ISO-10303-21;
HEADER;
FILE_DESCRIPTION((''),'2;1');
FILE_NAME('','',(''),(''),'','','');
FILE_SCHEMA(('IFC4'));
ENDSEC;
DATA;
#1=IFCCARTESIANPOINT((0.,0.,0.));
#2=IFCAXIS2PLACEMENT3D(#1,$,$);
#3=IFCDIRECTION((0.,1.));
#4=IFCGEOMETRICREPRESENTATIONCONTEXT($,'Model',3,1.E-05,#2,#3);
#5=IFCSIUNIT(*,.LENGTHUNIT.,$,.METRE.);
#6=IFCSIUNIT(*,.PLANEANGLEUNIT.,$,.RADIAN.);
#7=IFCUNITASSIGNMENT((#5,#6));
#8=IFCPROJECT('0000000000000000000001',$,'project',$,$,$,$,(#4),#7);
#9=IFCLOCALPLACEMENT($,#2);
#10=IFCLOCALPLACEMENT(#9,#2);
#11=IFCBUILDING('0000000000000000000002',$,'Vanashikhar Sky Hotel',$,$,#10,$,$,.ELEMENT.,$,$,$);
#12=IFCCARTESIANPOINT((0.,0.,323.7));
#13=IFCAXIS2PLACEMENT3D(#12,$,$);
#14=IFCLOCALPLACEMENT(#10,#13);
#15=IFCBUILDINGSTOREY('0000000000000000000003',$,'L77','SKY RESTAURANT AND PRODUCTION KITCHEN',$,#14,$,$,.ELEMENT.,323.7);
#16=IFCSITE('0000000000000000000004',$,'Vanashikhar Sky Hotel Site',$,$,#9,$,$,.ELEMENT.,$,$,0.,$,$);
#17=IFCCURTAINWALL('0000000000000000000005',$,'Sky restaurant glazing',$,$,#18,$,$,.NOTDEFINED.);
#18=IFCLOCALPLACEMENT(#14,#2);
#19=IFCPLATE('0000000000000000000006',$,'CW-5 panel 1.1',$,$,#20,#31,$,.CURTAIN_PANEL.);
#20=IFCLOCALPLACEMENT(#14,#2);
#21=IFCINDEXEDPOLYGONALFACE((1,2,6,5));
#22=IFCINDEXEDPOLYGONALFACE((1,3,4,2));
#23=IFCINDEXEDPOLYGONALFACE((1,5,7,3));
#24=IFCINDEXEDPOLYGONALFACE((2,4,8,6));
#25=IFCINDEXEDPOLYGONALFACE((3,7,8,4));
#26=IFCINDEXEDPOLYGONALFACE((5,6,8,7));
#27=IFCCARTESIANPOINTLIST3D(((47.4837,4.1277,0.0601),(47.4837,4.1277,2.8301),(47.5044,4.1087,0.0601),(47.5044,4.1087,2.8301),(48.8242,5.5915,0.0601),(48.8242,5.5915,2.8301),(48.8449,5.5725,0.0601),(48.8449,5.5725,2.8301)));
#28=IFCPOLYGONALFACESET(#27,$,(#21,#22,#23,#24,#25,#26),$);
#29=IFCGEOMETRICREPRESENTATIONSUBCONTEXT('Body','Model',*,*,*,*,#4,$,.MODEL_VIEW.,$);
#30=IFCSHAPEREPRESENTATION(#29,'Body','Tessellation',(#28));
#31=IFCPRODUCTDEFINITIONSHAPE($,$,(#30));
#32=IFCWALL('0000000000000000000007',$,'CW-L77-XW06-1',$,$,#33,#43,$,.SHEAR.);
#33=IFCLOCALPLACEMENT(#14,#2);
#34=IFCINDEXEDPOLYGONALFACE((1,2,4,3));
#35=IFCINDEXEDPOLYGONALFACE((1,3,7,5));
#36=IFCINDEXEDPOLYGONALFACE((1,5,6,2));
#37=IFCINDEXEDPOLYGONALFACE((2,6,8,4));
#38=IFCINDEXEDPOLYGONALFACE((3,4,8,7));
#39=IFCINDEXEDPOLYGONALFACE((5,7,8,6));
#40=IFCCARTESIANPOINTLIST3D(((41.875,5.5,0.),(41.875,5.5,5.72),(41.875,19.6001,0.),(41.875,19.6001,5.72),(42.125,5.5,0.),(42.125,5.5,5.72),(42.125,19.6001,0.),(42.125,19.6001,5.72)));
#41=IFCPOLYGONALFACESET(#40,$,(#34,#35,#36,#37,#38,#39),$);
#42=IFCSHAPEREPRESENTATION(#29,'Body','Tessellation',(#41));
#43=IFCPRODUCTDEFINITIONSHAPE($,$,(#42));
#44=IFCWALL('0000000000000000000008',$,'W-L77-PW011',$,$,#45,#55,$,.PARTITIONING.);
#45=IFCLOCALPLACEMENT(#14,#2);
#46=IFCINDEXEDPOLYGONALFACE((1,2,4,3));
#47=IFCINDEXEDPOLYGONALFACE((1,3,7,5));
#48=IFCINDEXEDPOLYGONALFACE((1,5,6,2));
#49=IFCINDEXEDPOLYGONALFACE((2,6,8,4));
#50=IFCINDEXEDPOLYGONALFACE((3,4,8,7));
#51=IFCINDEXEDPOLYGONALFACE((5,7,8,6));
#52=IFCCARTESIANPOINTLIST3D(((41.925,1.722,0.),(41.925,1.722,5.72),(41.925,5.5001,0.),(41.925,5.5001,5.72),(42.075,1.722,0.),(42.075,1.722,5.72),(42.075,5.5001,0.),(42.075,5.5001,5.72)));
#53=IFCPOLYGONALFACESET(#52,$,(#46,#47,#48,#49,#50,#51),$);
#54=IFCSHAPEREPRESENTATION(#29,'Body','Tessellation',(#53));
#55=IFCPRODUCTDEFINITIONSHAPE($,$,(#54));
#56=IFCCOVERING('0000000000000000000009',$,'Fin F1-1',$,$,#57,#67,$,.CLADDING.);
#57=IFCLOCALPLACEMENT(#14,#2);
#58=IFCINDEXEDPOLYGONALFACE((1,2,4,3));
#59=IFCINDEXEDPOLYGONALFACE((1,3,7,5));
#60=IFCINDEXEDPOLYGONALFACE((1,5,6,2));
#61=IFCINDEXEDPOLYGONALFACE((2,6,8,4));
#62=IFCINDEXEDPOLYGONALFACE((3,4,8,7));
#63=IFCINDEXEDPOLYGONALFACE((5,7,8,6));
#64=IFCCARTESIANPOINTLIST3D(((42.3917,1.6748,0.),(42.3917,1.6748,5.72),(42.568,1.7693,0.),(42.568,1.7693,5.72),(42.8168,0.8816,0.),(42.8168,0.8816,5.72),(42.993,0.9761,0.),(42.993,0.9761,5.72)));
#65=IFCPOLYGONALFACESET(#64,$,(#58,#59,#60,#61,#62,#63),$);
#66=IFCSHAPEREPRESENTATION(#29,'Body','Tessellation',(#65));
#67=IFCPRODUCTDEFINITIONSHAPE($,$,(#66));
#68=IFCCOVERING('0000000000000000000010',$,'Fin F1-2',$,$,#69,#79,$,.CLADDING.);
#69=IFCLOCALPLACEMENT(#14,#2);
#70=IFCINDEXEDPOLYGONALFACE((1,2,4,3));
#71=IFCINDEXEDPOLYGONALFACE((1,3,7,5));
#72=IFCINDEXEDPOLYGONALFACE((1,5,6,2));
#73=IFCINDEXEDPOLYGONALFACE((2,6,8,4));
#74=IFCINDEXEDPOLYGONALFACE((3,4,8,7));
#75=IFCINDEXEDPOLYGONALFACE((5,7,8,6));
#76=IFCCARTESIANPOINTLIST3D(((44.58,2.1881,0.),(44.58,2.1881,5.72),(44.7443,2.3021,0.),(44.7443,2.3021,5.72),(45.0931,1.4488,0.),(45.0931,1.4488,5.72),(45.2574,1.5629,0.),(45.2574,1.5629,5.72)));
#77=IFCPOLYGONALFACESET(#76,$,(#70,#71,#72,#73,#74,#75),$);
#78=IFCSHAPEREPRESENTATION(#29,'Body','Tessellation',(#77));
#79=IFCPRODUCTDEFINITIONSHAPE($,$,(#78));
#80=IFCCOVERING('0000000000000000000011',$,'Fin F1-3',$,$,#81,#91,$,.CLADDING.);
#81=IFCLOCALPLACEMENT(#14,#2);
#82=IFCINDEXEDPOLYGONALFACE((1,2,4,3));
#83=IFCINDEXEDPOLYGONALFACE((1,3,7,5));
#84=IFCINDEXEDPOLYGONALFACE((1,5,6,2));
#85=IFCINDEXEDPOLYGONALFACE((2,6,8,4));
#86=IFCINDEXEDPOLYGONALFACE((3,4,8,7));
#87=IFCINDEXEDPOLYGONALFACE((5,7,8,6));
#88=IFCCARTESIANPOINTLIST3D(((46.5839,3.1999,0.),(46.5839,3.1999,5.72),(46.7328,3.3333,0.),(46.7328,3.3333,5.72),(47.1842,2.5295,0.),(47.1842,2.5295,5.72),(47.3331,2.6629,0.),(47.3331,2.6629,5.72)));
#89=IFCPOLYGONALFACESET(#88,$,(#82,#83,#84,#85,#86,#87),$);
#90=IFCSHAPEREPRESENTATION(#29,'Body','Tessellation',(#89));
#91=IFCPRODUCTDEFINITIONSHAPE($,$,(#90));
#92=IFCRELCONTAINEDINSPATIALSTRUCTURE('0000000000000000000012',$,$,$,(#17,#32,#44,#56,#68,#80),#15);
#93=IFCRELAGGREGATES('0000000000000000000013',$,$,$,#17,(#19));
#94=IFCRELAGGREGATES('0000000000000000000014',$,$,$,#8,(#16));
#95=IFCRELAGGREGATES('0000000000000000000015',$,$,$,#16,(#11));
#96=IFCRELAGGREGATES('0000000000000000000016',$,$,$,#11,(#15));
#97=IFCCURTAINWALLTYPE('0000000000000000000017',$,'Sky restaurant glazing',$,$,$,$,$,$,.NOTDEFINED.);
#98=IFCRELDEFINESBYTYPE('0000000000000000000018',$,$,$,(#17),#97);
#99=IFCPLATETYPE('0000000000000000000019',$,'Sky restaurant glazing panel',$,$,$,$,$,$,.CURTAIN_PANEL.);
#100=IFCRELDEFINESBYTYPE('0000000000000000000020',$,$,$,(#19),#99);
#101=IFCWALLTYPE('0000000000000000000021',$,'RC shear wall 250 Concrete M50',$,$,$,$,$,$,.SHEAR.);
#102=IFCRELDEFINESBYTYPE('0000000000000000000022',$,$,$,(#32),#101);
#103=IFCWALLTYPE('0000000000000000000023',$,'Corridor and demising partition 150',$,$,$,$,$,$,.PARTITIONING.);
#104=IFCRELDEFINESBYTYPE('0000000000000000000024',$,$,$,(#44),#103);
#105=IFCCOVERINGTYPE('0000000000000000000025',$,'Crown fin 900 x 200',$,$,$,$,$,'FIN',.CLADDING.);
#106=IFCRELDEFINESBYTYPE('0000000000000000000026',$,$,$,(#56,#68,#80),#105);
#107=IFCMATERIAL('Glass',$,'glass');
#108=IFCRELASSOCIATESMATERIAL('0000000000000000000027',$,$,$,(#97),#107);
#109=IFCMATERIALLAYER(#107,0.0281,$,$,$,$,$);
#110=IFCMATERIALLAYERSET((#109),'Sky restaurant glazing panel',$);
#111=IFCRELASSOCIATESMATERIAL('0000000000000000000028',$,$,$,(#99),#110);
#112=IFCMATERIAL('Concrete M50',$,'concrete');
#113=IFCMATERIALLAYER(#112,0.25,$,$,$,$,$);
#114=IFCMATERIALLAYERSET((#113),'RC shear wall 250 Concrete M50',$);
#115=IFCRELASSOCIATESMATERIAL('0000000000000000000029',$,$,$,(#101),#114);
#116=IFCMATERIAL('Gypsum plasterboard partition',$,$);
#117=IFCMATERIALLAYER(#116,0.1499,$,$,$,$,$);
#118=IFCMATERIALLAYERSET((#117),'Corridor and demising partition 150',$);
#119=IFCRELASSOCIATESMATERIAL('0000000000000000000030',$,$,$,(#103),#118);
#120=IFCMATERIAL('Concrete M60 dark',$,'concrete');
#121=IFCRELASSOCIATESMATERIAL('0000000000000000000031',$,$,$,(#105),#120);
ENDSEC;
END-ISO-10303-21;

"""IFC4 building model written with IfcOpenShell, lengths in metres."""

from ifc_helpers import new_model, si_unit, direction, frame, frame_2d, origin, origin_2d, place, context, subcontext, project, spatial, rectangle, extrude, source, transform, mapped, material, layer, layer_set, material_profile, profile_set, type_object, element, aggregate, save


model = new_model("IFC4")

# Units and contexts
model_context = context("Model", 3, precision=1e-05, world=origin(), true_north=direction((0.0, 1.0)))
body_context = subcontext(model_context, "Body", "Model", "MODEL_VIEW")
ifc_project = project(units=[si_unit("LENGTHUNIT", "METRE"), si_unit("PLANEANGLEUNIT", "RADIAN")], contexts=[model_context])

# Site, building, storey
site_placement = place(None, origin())
site = spatial("IfcSite", under=ifc_project, at=site_placement, Name="Vanashikhar Sky Hotel Site", CompositionType="ELEMENT", RefElevation=0.0)
building_placement = place(site_placement, origin())
building = spatial("IfcBuilding", under=site, at=building_placement, Name="Vanashikhar Sky Hotel", CompositionType="ELEMENT")
storey_placement = place(building_placement, frame((0.0, 0.0, 323.7)))
storey = spatial("IfcBuildingStorey", under=building, at=storey_placement, Name="L77", Description="SKY RESTAURANT AND PRODUCTION KITCHEN", CompositionType="ELEMENT", Elevation=323.7)

# Shared definitions
ifc_material_1 = material(Name="Glass", Category="glass")
curtain_wall_type = type_object("IfcCurtainWallType", Name="Sky restaurant glazing", PredefinedType="NOTDEFINED", material=ifc_material_1)

# Curtain wall
curtain_wall_1_placement = place(storey_placement, origin())
curtain_wall_1 = element("IfcCurtainWall", 1, at=curtain_wall_1_placement, inside=storey, type_object=curtain_wall_type, Name="Sky restaurant glazing", PredefinedType="NOTDEFINED")

# Plate
ifc_layer_1 = layer(ifc_material_1, 0.0281)
ifc_layer_set_1 = layer_set([ifc_layer_1], Name="Sky restaurant glazing panel")
plate_type = type_object("IfcPlateType", Name="Sky restaurant glazing panel", PredefinedType="CURTAIN_PANEL", material=ifc_layer_set_1)
shared_shape_1 = source(origin(), body_context, "Body", "SweptSolid", [
    extrude(rectangle(XDim=1.9849, YDim=0.0281, at=origin_2d()), origin(), (0.0, 0.0, 1.0), 2.77),
])
plate_1_placement = place(storey_placement, frame((48.1643, 4.8501, 0.0601), z_axis=(0.0, 0.0, 1.0), x_axis=(0.675378, 0.737472, 0.0)))
plate_1 = element("IfcPlate", 2, at=plate_1_placement, type_object=plate_type, Name="CW-5 panel 1.1", PredefinedType="CURTAIN_PANEL", context=body_context, shape_type="MappedRepresentation", body=[
    mapped(shared_shape_1, transform((0.0, 0.0, 0.0), scale=1.0)),
])
aggregate(curtain_wall_1, [plate_1])

# Walls
ifc_material_2 = material(Name="Concrete M50", Category="concrete")
ifc_layer_2 = layer(ifc_material_2, 0.25)
ifc_layer_set_2 = layer_set([ifc_layer_2], Name="RC shear wall 250 Concrete M50")
wall_type_1 = type_object("IfcWallType", Name="RC shear wall 250 Concrete M50", PredefinedType="SHEAR", material=ifc_layer_set_2)
shared_shape_2 = source(origin(), body_context, "Body", "SweptSolid", [
    extrude(rectangle(XDim=14.1001, YDim=0.25, at=frame_2d((7.05, 0.0))), origin(), (0.0, 0.0, 1.0), 5.72),
])
wall_1_placement = place(storey_placement, frame((42.0, 5.5, 0.0), z_axis=(0.0, 0.0, 1.0), x_axis=(0.0, 1.0, 0.0)))
element("IfcWall", 3, at=wall_1_placement, inside=storey, type_object=wall_type_1, Name="CW-L77-XW06-1", PredefinedType="SHEAR", context=body_context, shape_type="MappedRepresentation", body=[
    mapped(shared_shape_2, transform((0.0, 0.0, 0.0), scale=1.0)),
])
ifc_material_3 = material(Name="Gypsum plasterboard partition")
ifc_layer_3 = layer(ifc_material_3, 0.1499)
ifc_layer_set_3 = layer_set([ifc_layer_3], Name="Corridor and demising partition 150")
wall_type_2 = type_object("IfcWallType", Name="Corridor and demising partition 150", PredefinedType="PARTITIONING", material=ifc_layer_set_3)
shared_shape_3 = source(origin(), body_context, "Body", "SweptSolid", [
    extrude(rectangle(XDim=3.7781, YDim=0.1499, at=frame_2d((1.8892, 0.0))), origin(), (0.0, 0.0, 1.0), 5.72),
])
wall_2_placement = place(storey_placement, frame((42.0, 1.7219, 0.0), z_axis=(0.0, 0.0, 1.0), x_axis=(0.0, 1.0, 0.0)))
element("IfcWall", 4, at=wall_2_placement, inside=storey, type_object=wall_type_2, Name="W-L77-PW011", PredefinedType="PARTITIONING", context=body_context, shape_type="MappedRepresentation", body=[
    mapped(shared_shape_3, transform((0.0, 0.0, 0.0), scale=1.0)),
])

# Coverings
ifc_material_4 = material(Name="Concrete M60 dark", Category="concrete")
ifc_material_profile_1 = material_profile(ifc_material_4, rectangle(XDim=0.8999, YDim=0.2, at=origin_2d()))
ifc_profile_set_1 = profile_set([ifc_material_profile_1], Name="Crown fin 900 x 200")
covering_type = type_object("IfcCoveringType", Name="Crown fin 900 x 200", ElementType="FIN", PredefinedType="CLADDING", material=ifc_profile_set_1)
shared_shape_4 = source(origin(), body_context, "Body", "SweptSolid", [
    extrude(rectangle(XDim=0.8999, YDim=0.2, at=origin_2d()), origin(), (0.0, 0.0, 1.0), 5.72),
])
for number, where, z_axis, x_axis, name in (
    (5, (42.6924, 1.3254, 0.0), (0.0, 0.0, 1.0), (0.472366, -0.881402, 0.0), "Fin F1-1"),
    (6, (44.9187, 1.8755, 0.0), (0.0, 0.0, 1.0), (0.570212, -0.821498, 0.0), "Fin F1-2"),
    (7, (46.9585, 2.9314, 0.0), (0.0, 0.0, 1.0), (0.667053, -0.74501, 0.0), "Fin F1-3"),
):
    element("IfcCovering", number, at=place(storey_placement, frame(where, z_axis=z_axis, x_axis=x_axis)), inside=storey, type_object=covering_type, Name=name, PredefinedType="CLADDING", context=body_context, shape_type="MappedRepresentation", body=[
        mapped(shared_shape_4, transform((0.0, 0.0, 0.0), scale=1.0)),
    ])

save(model, "model.ifc")
